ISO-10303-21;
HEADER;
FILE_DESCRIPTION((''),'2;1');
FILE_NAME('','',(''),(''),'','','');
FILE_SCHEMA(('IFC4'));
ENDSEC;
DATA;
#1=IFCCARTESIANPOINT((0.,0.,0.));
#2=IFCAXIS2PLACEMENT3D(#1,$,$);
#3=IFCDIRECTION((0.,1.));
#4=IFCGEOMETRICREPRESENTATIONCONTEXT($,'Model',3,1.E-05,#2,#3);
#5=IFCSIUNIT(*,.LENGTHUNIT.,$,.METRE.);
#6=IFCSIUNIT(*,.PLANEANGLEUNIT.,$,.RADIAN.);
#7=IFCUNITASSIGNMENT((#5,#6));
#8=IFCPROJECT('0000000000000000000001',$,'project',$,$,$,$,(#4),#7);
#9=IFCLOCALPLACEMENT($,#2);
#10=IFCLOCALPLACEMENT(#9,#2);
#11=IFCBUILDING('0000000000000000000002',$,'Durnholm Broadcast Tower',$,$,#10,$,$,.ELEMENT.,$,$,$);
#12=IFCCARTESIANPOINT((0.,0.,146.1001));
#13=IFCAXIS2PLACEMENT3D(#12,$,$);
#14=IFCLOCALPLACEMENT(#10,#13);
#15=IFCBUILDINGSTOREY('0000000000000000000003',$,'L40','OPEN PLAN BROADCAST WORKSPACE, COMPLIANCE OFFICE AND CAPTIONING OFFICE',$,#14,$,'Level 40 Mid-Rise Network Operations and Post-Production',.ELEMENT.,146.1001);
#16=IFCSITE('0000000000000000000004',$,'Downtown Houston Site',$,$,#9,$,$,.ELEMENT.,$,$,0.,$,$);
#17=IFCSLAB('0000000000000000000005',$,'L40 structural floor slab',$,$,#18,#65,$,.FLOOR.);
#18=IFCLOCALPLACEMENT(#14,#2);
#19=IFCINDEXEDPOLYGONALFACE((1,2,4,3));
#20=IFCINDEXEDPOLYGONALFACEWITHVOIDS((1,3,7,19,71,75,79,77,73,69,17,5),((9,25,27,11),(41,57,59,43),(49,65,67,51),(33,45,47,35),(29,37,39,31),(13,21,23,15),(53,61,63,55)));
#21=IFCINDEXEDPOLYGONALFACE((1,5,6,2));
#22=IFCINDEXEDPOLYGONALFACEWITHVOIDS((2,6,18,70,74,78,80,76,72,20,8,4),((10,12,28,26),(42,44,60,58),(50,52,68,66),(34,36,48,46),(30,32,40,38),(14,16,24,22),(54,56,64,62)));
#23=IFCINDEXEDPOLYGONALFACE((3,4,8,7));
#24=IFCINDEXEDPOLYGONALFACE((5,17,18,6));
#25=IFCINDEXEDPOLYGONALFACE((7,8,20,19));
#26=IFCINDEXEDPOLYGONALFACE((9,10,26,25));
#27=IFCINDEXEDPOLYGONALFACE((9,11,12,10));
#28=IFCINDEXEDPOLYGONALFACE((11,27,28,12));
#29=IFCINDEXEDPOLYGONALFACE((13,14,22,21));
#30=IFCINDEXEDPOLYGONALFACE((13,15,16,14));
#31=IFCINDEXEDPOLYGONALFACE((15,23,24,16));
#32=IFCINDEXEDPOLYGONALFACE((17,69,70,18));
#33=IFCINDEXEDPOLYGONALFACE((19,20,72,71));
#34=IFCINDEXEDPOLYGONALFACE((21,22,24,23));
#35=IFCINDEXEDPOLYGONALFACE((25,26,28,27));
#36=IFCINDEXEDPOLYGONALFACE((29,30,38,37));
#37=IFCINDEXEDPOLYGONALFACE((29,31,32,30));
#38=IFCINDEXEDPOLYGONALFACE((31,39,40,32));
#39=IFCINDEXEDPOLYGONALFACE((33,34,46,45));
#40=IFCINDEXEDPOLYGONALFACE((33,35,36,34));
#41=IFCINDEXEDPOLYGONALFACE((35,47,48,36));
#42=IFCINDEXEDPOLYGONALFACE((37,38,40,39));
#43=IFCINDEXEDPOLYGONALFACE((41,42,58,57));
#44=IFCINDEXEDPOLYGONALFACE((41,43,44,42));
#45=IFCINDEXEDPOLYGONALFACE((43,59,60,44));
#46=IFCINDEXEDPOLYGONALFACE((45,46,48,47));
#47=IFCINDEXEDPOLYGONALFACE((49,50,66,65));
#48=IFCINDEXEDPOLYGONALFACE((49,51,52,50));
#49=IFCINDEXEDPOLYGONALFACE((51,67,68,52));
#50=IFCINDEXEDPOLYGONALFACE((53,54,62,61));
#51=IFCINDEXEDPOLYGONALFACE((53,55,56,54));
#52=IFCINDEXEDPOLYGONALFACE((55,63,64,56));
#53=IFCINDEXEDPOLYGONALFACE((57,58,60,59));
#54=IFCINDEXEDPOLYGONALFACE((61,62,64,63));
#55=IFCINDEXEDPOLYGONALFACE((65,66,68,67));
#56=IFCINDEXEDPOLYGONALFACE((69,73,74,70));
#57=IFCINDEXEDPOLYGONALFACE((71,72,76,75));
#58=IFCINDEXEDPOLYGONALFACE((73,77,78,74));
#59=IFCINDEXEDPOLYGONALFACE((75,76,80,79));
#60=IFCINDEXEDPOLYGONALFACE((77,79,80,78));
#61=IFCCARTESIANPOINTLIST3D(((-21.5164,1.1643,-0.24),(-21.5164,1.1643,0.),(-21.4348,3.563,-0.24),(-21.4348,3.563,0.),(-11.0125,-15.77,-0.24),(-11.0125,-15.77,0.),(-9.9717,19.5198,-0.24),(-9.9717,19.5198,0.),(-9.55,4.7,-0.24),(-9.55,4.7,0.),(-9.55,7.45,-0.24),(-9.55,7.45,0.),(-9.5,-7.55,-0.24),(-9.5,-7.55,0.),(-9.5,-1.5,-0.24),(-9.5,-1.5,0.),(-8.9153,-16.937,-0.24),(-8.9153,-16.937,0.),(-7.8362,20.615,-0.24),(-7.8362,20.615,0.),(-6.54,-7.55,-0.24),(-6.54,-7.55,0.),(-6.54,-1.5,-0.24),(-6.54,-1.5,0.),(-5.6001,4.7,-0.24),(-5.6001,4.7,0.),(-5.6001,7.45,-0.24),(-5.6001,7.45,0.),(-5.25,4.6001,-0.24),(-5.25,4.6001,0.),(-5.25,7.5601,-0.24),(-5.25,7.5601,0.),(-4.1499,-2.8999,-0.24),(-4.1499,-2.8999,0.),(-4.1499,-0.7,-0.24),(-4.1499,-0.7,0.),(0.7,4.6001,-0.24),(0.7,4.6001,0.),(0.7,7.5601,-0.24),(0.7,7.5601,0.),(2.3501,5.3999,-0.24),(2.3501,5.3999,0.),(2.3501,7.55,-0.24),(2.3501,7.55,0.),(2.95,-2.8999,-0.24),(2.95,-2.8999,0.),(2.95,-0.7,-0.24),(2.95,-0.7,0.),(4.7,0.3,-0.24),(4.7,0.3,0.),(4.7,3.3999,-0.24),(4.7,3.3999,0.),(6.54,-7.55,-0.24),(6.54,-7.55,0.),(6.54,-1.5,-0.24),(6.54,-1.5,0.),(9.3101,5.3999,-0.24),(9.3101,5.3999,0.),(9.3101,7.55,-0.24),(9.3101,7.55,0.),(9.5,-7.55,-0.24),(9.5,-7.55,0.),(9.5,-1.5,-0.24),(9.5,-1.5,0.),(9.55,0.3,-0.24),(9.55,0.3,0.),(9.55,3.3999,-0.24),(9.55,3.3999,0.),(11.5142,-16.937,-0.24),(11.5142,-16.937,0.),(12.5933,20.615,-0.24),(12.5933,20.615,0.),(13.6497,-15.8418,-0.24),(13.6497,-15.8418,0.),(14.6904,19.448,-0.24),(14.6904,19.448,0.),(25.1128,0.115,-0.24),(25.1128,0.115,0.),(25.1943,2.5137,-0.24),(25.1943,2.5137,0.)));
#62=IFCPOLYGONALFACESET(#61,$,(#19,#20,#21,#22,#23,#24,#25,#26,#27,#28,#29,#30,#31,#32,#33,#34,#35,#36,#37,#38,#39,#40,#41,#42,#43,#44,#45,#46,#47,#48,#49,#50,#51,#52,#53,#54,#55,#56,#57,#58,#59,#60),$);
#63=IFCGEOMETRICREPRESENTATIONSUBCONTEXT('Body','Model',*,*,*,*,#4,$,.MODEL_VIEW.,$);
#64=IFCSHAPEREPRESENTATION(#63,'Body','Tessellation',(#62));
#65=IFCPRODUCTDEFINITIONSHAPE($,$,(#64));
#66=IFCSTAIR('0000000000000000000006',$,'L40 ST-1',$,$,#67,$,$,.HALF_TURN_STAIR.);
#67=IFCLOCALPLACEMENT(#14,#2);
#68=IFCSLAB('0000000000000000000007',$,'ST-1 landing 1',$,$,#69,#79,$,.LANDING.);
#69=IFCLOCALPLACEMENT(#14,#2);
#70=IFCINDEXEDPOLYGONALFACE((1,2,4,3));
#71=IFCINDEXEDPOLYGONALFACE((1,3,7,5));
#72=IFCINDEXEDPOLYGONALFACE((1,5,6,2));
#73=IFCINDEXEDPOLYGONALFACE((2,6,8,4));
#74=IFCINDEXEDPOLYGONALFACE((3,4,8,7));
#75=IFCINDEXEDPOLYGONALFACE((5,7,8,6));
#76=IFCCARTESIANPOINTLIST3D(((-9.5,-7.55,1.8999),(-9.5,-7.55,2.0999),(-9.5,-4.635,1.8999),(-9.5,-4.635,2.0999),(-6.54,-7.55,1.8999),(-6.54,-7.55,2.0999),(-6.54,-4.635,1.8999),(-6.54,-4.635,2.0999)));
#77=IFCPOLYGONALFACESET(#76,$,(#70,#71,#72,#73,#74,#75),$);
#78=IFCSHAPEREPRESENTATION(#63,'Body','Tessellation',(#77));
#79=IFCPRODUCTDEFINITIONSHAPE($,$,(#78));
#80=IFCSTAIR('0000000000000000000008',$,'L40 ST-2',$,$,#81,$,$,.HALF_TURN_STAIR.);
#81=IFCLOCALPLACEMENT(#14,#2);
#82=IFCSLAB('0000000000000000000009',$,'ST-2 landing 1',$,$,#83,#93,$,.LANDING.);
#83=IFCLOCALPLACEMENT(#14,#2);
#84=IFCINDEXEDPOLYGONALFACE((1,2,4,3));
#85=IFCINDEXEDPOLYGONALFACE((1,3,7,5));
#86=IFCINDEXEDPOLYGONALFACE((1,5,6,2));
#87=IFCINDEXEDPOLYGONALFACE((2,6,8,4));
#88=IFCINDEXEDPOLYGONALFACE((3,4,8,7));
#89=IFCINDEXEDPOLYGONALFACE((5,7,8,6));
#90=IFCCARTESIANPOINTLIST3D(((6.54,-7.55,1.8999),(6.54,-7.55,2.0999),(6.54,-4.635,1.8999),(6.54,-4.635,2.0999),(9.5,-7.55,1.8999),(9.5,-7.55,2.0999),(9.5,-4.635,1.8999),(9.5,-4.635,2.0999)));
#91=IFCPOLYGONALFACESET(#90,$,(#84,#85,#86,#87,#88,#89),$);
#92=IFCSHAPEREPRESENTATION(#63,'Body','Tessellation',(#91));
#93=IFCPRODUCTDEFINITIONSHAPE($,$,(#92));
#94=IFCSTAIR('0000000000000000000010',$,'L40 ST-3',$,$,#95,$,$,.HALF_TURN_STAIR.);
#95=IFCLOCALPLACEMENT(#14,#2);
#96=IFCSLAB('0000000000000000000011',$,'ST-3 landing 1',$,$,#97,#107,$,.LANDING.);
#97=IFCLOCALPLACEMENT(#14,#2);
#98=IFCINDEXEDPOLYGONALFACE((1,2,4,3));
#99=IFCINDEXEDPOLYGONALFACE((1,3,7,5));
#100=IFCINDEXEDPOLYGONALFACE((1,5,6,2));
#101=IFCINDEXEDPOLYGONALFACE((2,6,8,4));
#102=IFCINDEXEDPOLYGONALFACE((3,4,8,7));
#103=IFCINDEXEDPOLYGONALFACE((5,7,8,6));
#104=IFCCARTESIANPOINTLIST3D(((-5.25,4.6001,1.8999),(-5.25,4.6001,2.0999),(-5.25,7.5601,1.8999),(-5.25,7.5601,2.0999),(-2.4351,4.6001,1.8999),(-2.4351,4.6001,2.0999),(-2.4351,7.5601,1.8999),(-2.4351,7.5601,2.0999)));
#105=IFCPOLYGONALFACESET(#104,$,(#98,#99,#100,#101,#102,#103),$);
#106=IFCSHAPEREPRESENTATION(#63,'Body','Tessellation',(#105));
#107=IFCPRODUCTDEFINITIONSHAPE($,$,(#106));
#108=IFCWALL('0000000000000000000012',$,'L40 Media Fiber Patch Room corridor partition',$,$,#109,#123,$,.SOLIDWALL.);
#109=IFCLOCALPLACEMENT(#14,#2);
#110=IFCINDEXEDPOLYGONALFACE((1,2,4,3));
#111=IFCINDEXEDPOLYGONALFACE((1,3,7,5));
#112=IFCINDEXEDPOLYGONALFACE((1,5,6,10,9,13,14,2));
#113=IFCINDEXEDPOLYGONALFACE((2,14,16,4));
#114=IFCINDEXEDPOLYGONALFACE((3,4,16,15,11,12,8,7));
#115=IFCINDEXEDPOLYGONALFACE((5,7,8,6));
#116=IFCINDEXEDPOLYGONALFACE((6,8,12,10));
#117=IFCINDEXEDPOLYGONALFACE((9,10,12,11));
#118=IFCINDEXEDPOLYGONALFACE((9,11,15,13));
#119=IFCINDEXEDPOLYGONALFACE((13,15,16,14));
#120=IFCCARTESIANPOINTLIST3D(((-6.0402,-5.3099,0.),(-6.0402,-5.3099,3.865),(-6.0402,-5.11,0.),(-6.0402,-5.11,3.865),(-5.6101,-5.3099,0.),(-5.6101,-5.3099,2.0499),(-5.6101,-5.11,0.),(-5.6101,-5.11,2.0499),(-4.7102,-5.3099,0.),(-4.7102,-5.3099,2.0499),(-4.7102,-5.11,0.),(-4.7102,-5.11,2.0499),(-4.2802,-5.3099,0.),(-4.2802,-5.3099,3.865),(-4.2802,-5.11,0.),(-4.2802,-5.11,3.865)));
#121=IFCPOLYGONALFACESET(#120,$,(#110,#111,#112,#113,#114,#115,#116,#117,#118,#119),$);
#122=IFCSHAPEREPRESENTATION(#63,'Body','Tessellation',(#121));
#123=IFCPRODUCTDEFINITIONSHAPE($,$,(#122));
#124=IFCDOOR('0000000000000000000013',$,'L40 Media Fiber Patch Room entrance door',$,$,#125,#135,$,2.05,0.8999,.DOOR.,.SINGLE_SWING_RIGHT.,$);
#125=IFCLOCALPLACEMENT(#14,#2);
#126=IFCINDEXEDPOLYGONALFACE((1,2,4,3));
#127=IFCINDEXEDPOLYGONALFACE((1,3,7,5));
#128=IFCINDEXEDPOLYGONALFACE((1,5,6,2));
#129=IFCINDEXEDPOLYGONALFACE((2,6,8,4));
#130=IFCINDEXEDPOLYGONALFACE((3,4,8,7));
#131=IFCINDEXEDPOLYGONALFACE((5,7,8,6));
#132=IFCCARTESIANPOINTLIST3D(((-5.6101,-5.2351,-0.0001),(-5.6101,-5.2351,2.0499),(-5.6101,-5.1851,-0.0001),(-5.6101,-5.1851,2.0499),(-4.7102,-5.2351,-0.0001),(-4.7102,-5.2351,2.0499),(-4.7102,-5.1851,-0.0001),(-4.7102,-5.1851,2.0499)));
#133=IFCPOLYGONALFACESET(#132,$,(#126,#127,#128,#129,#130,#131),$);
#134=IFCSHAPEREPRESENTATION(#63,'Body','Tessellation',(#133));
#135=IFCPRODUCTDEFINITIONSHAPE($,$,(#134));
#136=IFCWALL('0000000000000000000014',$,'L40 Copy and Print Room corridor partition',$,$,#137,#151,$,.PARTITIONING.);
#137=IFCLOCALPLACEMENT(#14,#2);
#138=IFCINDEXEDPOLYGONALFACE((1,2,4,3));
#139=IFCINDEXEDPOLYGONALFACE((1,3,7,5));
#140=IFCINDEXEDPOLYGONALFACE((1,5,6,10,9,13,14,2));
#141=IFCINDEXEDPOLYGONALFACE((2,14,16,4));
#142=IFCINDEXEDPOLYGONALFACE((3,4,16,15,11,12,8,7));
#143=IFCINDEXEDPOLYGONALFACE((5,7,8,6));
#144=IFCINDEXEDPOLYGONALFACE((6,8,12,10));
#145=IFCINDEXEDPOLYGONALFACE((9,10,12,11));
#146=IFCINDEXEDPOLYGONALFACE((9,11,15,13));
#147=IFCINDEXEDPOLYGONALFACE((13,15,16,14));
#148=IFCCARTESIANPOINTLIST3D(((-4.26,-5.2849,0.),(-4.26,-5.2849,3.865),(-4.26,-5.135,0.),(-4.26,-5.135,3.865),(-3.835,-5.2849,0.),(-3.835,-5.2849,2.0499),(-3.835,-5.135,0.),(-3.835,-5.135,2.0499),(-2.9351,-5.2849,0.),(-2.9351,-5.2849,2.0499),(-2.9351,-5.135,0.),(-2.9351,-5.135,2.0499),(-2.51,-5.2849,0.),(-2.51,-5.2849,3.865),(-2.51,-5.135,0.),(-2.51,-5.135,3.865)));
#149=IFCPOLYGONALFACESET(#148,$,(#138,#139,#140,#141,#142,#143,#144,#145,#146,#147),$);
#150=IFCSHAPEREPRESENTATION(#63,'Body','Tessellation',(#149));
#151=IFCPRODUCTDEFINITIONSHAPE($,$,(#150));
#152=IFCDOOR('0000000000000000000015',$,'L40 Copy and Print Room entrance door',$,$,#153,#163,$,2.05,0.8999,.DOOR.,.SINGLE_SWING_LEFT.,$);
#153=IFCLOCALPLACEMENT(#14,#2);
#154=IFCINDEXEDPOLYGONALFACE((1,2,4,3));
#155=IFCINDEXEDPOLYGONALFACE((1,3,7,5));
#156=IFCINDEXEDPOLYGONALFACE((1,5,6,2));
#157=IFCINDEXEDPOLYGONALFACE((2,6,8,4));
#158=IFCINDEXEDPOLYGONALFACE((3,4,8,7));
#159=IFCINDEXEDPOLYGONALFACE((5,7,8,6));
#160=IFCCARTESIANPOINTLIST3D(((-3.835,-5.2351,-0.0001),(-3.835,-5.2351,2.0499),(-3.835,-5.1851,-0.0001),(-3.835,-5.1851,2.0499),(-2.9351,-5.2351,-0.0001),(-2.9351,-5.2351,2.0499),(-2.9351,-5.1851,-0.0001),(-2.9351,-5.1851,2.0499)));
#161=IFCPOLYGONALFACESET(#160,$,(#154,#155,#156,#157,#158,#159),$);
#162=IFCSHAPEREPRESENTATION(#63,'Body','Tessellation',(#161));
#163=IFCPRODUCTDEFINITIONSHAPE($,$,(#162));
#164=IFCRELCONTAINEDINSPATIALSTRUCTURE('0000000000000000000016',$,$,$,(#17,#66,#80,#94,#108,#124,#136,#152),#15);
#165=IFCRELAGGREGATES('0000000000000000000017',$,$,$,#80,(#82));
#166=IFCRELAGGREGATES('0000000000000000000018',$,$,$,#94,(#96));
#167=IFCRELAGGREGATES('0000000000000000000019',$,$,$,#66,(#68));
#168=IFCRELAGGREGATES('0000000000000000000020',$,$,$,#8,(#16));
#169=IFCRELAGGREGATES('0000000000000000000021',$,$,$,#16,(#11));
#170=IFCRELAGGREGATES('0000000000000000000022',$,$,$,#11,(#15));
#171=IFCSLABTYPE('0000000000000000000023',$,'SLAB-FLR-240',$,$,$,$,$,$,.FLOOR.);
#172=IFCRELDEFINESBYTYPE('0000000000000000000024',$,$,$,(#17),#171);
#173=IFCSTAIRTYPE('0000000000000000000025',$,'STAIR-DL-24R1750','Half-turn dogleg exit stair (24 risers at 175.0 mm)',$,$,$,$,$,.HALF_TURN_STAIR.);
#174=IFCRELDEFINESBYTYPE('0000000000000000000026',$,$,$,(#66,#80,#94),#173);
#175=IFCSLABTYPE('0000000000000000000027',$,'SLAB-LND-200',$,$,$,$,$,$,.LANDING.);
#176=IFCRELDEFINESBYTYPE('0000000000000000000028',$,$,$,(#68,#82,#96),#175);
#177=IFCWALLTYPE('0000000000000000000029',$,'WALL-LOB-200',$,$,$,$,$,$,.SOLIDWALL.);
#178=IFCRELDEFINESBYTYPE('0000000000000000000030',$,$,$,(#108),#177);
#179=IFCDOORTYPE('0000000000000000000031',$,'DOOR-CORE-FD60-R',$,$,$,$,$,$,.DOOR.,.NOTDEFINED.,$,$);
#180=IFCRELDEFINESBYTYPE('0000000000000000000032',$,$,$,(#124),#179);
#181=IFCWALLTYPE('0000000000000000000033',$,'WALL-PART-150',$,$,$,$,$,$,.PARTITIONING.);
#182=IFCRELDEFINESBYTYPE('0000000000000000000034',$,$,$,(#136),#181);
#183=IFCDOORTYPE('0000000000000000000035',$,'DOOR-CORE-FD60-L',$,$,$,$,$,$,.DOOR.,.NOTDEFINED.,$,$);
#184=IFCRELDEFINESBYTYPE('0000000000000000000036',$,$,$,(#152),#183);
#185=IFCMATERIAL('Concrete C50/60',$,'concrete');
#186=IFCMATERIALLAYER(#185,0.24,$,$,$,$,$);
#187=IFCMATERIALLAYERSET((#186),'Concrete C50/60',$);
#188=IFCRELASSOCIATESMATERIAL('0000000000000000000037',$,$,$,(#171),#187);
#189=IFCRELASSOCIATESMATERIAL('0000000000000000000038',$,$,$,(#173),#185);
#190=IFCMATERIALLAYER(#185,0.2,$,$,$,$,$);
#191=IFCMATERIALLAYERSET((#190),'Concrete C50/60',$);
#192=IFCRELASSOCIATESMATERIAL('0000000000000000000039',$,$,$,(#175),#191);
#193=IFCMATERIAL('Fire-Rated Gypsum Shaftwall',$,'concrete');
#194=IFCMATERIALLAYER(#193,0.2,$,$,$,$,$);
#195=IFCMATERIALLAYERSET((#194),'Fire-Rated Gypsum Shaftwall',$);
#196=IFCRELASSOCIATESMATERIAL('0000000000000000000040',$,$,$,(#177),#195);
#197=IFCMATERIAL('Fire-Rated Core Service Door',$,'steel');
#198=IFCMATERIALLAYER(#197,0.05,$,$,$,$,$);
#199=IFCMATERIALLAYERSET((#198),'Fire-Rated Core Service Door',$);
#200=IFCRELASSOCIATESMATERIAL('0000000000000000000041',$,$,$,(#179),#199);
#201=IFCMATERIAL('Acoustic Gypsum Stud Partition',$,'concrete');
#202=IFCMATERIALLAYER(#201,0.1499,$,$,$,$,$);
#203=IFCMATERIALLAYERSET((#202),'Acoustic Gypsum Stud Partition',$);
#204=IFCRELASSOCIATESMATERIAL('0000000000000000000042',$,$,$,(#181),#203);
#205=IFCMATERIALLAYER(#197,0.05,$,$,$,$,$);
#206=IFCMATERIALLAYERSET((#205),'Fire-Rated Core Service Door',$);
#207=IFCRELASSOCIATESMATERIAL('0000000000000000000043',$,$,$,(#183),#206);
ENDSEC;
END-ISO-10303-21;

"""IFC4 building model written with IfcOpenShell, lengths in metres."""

from ifc_helpers import new_model, si_unit, direction, frame, frame_2d, origin, place, context, subcontext, project, spatial, polyline, rectangle, outline, extrude, source, transform, mapped, material, layer, layer_set, type_object, type_shapes, element, fill, aggregate, save


model = new_model("IFC4")

# Units and contexts
model_context = context("Model", 3, precision=1e-05, world=origin(), true_north=direction((0.0, 1.0)))
body_context = subcontext(model_context, "Body", "Model", "MODEL_VIEW")
ifc_project = project(units=[si_unit("LENGTHUNIT", "METRE"), si_unit("PLANEANGLEUNIT", "RADIAN")], contexts=[model_context])

# Site, building, storey
site_placement = place(None, origin())
site = spatial("IfcSite", under=ifc_project, at=site_placement, Name="Downtown Houston Site", CompositionType="ELEMENT", RefElevation=0.0)
building_placement = place(site_placement, origin())
building = spatial("IfcBuilding", under=site, at=building_placement, Name="Durnholm Broadcast Tower", CompositionType="ELEMENT")
storey_placement = place(building_placement, frame((0.0, 0.0, 146.1001)))
storey = spatial("IfcBuildingStorey", under=building, at=storey_placement, Name="L40", Description="OPEN PLAN BROADCAST WORKSPACE, COMPLIANCE OFFICE AND CAPTIONING OFFICE", LongName="Level 40 Mid-Rise Network Operations and Post-Production", CompositionType="ELEMENT", Elevation=146.1001)

# Slab
ifc_material_1 = material(Name="Concrete C50/60", Category="concrete")
ifc_layer_1 = layer(ifc_material_1, 0.24)
ifc_layer_set_1 = layer_set([ifc_layer_1], Name="Concrete C50/60")
slab_type_1 = type_object("IfcSlabType", Name="SLAB-FLR-240", PredefinedType="FLOOR", material=ifc_layer_set_1)
slab_1_placement = place(storey_placement, frame((0.0, 0.0, -0.24)))
element("IfcSlab", 1, at=slab_1_placement, inside=storey, type_object=slab_type_1, Name="L40 structural floor slab", PredefinedType="FLOOR", context=body_context, shape_type="SweptSolid", body=[
    extrude(outline(polyline([(-11.0125, -15.77), (-8.9153, -16.937), (11.5142, -16.937), (13.6497, -15.8418), (25.1128, 0.115), (25.1943, 2.5137), (14.6904, 19.448), (12.5933, 20.615), (-7.8362, 20.615), (-9.9717, 19.5198), (-21.4348, 3.563), (-21.5164, 1.1643), (-11.0125, -15.77)]), holes=[polyline([(-6.54, -1.5), (-9.5, -1.5), (-9.5, -7.55), (-6.54, -7.55), (-6.54, -1.5)]), polyline([(9.5, -7.55), (9.5, -1.5), (6.54, -1.5), (6.54, -7.55), (9.5, -7.55)]), polyline([(2.95, -0.7), (-4.1499, -0.7), (-4.1499, -2.8999), (2.95, -2.8999), (2.95, -0.7)]), polyline([(9.55, 3.3999), (4.7, 3.3999), (4.7, 0.3), (9.55, 0.3), (9.55, 3.3999)]), polyline([(-5.6001, 7.45), (-9.55, 7.45), (-9.55, 4.7), (-5.6001, 4.7), (-5.6001, 7.45)]), polyline([(-5.25, 4.6001), (0.7, 4.6001), (0.7, 7.5601), (-5.25, 7.5601), (-5.25, 4.6001)]), polyline([(9.3101, 7.55), (2.3501, 7.55), (2.3501, 5.3999), (9.3101, 5.3999), (9.3101, 7.55)])]), origin(), (0.0, 0.0, 1.0), 0.24),
])

# Stairs, slabs
stair_type = type_object("IfcStairType", Name="STAIR-DL-24R1750", Description="Half-turn dogleg exit stair (24 risers at 175.0 mm)", PredefinedType="HALF_TURN_STAIR", material=ifc_material_1)
stair_1_placement = place(storey_placement, origin())
stair_1 = element("IfcStair", 2, at=stair_1_placement, inside=storey, type_object=stair_type, Name="L40 ST-1", PredefinedType="HALF_TURN_STAIR")
ifc_layer_2 = layer(ifc_material_1, 0.2)
ifc_layer_set_2 = layer_set([ifc_layer_2], Name="Concrete C50/60")
slab_type_2 = type_object("IfcSlabType", Name="SLAB-LND-200", PredefinedType="LANDING", material=ifc_layer_set_2)
slab_2_placement = place(storey_placement, frame((0.0, 0.0, 1.8999)))
slab_2 = element("IfcSlab", 3, at=slab_2_placement, type_object=slab_type_2, Name="ST-1 landing 1", PredefinedType="LANDING", context=body_context, shape_type="SweptSolid", body=[
    extrude(outline(polyline([(-9.5, -4.635), (-9.5, -7.55), (-6.54, -7.55), (-6.54, -4.635), (-9.5, -4.635)])), origin(), (0.0, 0.0, 1.0), 0.2),
])
stair_2_placement = place(storey_placement, origin())
stair_2 = element("IfcStair", 4, at=stair_2_placement, inside=storey, type_object=stair_type, Name="L40 ST-2", PredefinedType="HALF_TURN_STAIR")
slab_3_placement = place(storey_placement, frame((0.0, 0.0, 1.8999)))
slab_3 = element("IfcSlab", 5, at=slab_3_placement, type_object=slab_type_2, Name="ST-2 landing 1", PredefinedType="LANDING", context=body_context, shape_type="SweptSolid", body=[
    extrude(outline(polyline([(6.54, -4.635), (6.54, -7.55), (9.5, -7.55), (9.5, -4.635), (6.54, -4.635)])), origin(), (0.0, 0.0, 1.0), 0.2),
])
aggregate(stair_2, [slab_3])
stair_3_placement = place(storey_placement, origin())
stair_3 = element("IfcStair", 6, at=stair_3_placement, inside=storey, type_object=stair_type, Name="L40 ST-3", PredefinedType="HALF_TURN_STAIR")
slab_4_placement = place(storey_placement, frame((0.0, 0.0, 1.8999)))
slab_4 = element("IfcSlab", 7, at=slab_4_placement, type_object=slab_type_2, Name="ST-3 landing 1", PredefinedType="LANDING", context=body_context, shape_type="SweptSolid", body=[
    extrude(outline(polyline([(-2.4351, 7.5601), (-5.25, 7.5601), (-5.25, 4.6001), (-2.4351, 4.6001), (-2.4351, 7.5601)])), origin(), (0.0, 0.0, 1.0), 0.2),
])
aggregate(stair_3, [slab_4])

# Walls, openings, doors
ifc_material_2 = material(Name="Fire-Rated Gypsum Shaftwall", Category="concrete")
ifc_layer_3 = layer(ifc_material_2, 0.2)
ifc_layer_set_3 = layer_set([ifc_layer_3], Name="Fire-Rated Gypsum Shaftwall")
wall_type_1 = type_object("IfcWallType", Name="WALL-LOB-200", PredefinedType="SOLIDWALL", material=ifc_layer_set_3)
wall_1_placement = place(storey_placement, frame((-6.04, -5.21, 0.0), z_axis=(0.0, 0.0, 1.0), x_axis=(1.0, 0.0, 0.0)))
wall_1 = element("IfcWall", 8, at=wall_1_placement, inside=storey, type_object=wall_type_1, Name="L40 Media Fiber Patch Room corridor partition", PredefinedType="SOLIDWALL", context=body_context, shape_type="SweptSolid", body=[
    extrude(rectangle(XDim=1.76, YDim=0.2, at=frame_2d((0.8799, 0.0))), origin(), (0.0, 0.0, 1.0), 3.865),
])
opening_1_placement = place(wall_1_placement, frame((0.4299, 0.0, 0.0)))
opening_1 = element("IfcOpeningElement", 9, at=opening_1_placement, cuts=wall_1, PredefinedType="OPENING", context=body_context, shape_type="SweptSolid", body=[
    extrude(rectangle(XDim=0.8999, YDim=2.05, at=frame_2d((0.45, 1.0249))), frame((0.0, 0.1099, 0.0), z_axis=(0.0, -1.0, 0.0), x_axis=(1.0, 0.0, 0.0)), (0.0, 0.0, 1.0), 0.22),
])
ifc_material_3 = material(Name="Fire-Rated Core Service Door", Category="steel")
ifc_layer_4 = layer(ifc_material_3, 0.05)
ifc_layer_set_4 = layer_set([ifc_layer_4], Name="Fire-Rated Core Service Door")
door_type_1 = type_object("IfcDoorType", Name="DOOR-CORE-FD60-R", OperationType="NOTDEFINED", PredefinedType="DOOR", material=ifc_layer_set_4)
shared_shape_1 = source(origin(), body_context, "Body", "SweptSolid", [
    extrude(rectangle(XDim=0.8999, YDim=2.05, at=frame_2d((0.45, 1.0249))), frame((0.0, 0.0249, 0.0), z_axis=(0.0, -1.0, 0.0), x_axis=(1.0, 0.0, 0.0)), (0.0, 0.0, 1.0), 0.05),
])
type_shapes(door_type_1, [shared_shape_1])
door_1_placement = place(opening_1_placement, origin())
door_1 = element("IfcDoor", 10, at=door_1_placement, inside=storey, type_object=door_type_1, Name="L40 Media Fiber Patch Room entrance door", OperationType="SINGLE_SWING_RIGHT", OverallHeight=2.05, OverallWidth=0.8999, PredefinedType="DOOR", context=body_context, shape_type="MappedRepresentation", body=[
    mapped(shared_shape_1, transform((0.0, 0.0, 0.0), x_axis=(1.0, 0.0, 0.0), y_axis=(0.0, 1.0, 0.0), z_axis=(0.0, 0.0, 1.0), scale=1.0)),
])
fill(opening_1, door_1)
ifc_material_4 = material(Name="Acoustic Gypsum Stud Partition", Category="concrete")
ifc_layer_5 = layer(ifc_material_4, 0.1499)
ifc_layer_set_5 = layer_set([ifc_layer_5], Name="Acoustic Gypsum Stud Partition")
wall_type_2 = type_object("IfcWallType", Name="WALL-PART-150", PredefinedType="PARTITIONING", material=ifc_layer_set_5)
wall_2_placement = place(storey_placement, frame((-4.26, -5.21, 0.0), z_axis=(0.0, 0.0, 1.0), x_axis=(1.0, 0.0, 0.0)))
wall_2 = element("IfcWall", 11, at=wall_2_placement, inside=storey, type_object=wall_type_2, Name="L40 Copy and Print Room corridor partition", PredefinedType="PARTITIONING", context=body_context, shape_type="SweptSolid", body=[
    extrude(rectangle(XDim=1.75, YDim=0.1499, at=frame_2d((0.875, 0.0))), origin(), (0.0, 0.0, 1.0), 3.865),
])
opening_2_placement = place(wall_2_placement, frame((0.425, 0.0, 0.0)))
opening_2 = element("IfcOpeningElement", 12, at=opening_2_placement, cuts=wall_2, PredefinedType="OPENING", context=body_context, shape_type="SweptSolid", body=[
    extrude(rectangle(XDim=0.8999, YDim=2.05, at=frame_2d((0.45, 1.0249))), frame((0.0, 0.085, 0.0), z_axis=(0.0, -1.0, 0.0), x_axis=(1.0, 0.0, 0.0)), (0.0, 0.0, 1.0), 0.1699),
])
ifc_layer_6 = layer(ifc_material_3, 0.05)
ifc_layer_set_6 = layer_set([ifc_layer_6], Name="Fire-Rated Core Service Door")
door_type_2 = type_object("IfcDoorType", Name="DOOR-CORE-FD60-L", OperationType="NOTDEFINED", PredefinedType="DOOR", material=ifc_layer_set_6)
shared_shape_2 = source(origin(), body_context, "Body", "SweptSolid", [
    extrude(rectangle(XDim=0.8999, YDim=2.05, at=frame_2d((0.45, 1.0249))), frame((0.0, 0.0249, 0.0), z_axis=(0.0, -1.0, 0.0), x_axis=(1.0, 0.0, 0.0)), (0.0, 0.0, 1.0), 0.05),
])
type_shapes(door_type_2, [shared_shape_2])
door_2_placement = place(opening_2_placement, origin())
door_2 = element("IfcDoor", 13, at=door_2_placement, inside=storey, type_object=door_type_2, Name="L40 Copy and Print Room entrance door", OperationType="SINGLE_SWING_LEFT", OverallHeight=2.05, OverallWidth=0.8999, PredefinedType="DOOR", context=body_context, shape_type="MappedRepresentation", body=[
    mapped(shared_shape_2, transform((0.0, 0.0, 0.0), x_axis=(1.0, 0.0, 0.0), y_axis=(0.0, 1.0, 0.0), z_axis=(0.0, 0.0, 1.0), scale=1.0)),
])
fill(opening_2, door_2)

aggregate(stair_1, [slab_2])

save(model, "model.ifc")
